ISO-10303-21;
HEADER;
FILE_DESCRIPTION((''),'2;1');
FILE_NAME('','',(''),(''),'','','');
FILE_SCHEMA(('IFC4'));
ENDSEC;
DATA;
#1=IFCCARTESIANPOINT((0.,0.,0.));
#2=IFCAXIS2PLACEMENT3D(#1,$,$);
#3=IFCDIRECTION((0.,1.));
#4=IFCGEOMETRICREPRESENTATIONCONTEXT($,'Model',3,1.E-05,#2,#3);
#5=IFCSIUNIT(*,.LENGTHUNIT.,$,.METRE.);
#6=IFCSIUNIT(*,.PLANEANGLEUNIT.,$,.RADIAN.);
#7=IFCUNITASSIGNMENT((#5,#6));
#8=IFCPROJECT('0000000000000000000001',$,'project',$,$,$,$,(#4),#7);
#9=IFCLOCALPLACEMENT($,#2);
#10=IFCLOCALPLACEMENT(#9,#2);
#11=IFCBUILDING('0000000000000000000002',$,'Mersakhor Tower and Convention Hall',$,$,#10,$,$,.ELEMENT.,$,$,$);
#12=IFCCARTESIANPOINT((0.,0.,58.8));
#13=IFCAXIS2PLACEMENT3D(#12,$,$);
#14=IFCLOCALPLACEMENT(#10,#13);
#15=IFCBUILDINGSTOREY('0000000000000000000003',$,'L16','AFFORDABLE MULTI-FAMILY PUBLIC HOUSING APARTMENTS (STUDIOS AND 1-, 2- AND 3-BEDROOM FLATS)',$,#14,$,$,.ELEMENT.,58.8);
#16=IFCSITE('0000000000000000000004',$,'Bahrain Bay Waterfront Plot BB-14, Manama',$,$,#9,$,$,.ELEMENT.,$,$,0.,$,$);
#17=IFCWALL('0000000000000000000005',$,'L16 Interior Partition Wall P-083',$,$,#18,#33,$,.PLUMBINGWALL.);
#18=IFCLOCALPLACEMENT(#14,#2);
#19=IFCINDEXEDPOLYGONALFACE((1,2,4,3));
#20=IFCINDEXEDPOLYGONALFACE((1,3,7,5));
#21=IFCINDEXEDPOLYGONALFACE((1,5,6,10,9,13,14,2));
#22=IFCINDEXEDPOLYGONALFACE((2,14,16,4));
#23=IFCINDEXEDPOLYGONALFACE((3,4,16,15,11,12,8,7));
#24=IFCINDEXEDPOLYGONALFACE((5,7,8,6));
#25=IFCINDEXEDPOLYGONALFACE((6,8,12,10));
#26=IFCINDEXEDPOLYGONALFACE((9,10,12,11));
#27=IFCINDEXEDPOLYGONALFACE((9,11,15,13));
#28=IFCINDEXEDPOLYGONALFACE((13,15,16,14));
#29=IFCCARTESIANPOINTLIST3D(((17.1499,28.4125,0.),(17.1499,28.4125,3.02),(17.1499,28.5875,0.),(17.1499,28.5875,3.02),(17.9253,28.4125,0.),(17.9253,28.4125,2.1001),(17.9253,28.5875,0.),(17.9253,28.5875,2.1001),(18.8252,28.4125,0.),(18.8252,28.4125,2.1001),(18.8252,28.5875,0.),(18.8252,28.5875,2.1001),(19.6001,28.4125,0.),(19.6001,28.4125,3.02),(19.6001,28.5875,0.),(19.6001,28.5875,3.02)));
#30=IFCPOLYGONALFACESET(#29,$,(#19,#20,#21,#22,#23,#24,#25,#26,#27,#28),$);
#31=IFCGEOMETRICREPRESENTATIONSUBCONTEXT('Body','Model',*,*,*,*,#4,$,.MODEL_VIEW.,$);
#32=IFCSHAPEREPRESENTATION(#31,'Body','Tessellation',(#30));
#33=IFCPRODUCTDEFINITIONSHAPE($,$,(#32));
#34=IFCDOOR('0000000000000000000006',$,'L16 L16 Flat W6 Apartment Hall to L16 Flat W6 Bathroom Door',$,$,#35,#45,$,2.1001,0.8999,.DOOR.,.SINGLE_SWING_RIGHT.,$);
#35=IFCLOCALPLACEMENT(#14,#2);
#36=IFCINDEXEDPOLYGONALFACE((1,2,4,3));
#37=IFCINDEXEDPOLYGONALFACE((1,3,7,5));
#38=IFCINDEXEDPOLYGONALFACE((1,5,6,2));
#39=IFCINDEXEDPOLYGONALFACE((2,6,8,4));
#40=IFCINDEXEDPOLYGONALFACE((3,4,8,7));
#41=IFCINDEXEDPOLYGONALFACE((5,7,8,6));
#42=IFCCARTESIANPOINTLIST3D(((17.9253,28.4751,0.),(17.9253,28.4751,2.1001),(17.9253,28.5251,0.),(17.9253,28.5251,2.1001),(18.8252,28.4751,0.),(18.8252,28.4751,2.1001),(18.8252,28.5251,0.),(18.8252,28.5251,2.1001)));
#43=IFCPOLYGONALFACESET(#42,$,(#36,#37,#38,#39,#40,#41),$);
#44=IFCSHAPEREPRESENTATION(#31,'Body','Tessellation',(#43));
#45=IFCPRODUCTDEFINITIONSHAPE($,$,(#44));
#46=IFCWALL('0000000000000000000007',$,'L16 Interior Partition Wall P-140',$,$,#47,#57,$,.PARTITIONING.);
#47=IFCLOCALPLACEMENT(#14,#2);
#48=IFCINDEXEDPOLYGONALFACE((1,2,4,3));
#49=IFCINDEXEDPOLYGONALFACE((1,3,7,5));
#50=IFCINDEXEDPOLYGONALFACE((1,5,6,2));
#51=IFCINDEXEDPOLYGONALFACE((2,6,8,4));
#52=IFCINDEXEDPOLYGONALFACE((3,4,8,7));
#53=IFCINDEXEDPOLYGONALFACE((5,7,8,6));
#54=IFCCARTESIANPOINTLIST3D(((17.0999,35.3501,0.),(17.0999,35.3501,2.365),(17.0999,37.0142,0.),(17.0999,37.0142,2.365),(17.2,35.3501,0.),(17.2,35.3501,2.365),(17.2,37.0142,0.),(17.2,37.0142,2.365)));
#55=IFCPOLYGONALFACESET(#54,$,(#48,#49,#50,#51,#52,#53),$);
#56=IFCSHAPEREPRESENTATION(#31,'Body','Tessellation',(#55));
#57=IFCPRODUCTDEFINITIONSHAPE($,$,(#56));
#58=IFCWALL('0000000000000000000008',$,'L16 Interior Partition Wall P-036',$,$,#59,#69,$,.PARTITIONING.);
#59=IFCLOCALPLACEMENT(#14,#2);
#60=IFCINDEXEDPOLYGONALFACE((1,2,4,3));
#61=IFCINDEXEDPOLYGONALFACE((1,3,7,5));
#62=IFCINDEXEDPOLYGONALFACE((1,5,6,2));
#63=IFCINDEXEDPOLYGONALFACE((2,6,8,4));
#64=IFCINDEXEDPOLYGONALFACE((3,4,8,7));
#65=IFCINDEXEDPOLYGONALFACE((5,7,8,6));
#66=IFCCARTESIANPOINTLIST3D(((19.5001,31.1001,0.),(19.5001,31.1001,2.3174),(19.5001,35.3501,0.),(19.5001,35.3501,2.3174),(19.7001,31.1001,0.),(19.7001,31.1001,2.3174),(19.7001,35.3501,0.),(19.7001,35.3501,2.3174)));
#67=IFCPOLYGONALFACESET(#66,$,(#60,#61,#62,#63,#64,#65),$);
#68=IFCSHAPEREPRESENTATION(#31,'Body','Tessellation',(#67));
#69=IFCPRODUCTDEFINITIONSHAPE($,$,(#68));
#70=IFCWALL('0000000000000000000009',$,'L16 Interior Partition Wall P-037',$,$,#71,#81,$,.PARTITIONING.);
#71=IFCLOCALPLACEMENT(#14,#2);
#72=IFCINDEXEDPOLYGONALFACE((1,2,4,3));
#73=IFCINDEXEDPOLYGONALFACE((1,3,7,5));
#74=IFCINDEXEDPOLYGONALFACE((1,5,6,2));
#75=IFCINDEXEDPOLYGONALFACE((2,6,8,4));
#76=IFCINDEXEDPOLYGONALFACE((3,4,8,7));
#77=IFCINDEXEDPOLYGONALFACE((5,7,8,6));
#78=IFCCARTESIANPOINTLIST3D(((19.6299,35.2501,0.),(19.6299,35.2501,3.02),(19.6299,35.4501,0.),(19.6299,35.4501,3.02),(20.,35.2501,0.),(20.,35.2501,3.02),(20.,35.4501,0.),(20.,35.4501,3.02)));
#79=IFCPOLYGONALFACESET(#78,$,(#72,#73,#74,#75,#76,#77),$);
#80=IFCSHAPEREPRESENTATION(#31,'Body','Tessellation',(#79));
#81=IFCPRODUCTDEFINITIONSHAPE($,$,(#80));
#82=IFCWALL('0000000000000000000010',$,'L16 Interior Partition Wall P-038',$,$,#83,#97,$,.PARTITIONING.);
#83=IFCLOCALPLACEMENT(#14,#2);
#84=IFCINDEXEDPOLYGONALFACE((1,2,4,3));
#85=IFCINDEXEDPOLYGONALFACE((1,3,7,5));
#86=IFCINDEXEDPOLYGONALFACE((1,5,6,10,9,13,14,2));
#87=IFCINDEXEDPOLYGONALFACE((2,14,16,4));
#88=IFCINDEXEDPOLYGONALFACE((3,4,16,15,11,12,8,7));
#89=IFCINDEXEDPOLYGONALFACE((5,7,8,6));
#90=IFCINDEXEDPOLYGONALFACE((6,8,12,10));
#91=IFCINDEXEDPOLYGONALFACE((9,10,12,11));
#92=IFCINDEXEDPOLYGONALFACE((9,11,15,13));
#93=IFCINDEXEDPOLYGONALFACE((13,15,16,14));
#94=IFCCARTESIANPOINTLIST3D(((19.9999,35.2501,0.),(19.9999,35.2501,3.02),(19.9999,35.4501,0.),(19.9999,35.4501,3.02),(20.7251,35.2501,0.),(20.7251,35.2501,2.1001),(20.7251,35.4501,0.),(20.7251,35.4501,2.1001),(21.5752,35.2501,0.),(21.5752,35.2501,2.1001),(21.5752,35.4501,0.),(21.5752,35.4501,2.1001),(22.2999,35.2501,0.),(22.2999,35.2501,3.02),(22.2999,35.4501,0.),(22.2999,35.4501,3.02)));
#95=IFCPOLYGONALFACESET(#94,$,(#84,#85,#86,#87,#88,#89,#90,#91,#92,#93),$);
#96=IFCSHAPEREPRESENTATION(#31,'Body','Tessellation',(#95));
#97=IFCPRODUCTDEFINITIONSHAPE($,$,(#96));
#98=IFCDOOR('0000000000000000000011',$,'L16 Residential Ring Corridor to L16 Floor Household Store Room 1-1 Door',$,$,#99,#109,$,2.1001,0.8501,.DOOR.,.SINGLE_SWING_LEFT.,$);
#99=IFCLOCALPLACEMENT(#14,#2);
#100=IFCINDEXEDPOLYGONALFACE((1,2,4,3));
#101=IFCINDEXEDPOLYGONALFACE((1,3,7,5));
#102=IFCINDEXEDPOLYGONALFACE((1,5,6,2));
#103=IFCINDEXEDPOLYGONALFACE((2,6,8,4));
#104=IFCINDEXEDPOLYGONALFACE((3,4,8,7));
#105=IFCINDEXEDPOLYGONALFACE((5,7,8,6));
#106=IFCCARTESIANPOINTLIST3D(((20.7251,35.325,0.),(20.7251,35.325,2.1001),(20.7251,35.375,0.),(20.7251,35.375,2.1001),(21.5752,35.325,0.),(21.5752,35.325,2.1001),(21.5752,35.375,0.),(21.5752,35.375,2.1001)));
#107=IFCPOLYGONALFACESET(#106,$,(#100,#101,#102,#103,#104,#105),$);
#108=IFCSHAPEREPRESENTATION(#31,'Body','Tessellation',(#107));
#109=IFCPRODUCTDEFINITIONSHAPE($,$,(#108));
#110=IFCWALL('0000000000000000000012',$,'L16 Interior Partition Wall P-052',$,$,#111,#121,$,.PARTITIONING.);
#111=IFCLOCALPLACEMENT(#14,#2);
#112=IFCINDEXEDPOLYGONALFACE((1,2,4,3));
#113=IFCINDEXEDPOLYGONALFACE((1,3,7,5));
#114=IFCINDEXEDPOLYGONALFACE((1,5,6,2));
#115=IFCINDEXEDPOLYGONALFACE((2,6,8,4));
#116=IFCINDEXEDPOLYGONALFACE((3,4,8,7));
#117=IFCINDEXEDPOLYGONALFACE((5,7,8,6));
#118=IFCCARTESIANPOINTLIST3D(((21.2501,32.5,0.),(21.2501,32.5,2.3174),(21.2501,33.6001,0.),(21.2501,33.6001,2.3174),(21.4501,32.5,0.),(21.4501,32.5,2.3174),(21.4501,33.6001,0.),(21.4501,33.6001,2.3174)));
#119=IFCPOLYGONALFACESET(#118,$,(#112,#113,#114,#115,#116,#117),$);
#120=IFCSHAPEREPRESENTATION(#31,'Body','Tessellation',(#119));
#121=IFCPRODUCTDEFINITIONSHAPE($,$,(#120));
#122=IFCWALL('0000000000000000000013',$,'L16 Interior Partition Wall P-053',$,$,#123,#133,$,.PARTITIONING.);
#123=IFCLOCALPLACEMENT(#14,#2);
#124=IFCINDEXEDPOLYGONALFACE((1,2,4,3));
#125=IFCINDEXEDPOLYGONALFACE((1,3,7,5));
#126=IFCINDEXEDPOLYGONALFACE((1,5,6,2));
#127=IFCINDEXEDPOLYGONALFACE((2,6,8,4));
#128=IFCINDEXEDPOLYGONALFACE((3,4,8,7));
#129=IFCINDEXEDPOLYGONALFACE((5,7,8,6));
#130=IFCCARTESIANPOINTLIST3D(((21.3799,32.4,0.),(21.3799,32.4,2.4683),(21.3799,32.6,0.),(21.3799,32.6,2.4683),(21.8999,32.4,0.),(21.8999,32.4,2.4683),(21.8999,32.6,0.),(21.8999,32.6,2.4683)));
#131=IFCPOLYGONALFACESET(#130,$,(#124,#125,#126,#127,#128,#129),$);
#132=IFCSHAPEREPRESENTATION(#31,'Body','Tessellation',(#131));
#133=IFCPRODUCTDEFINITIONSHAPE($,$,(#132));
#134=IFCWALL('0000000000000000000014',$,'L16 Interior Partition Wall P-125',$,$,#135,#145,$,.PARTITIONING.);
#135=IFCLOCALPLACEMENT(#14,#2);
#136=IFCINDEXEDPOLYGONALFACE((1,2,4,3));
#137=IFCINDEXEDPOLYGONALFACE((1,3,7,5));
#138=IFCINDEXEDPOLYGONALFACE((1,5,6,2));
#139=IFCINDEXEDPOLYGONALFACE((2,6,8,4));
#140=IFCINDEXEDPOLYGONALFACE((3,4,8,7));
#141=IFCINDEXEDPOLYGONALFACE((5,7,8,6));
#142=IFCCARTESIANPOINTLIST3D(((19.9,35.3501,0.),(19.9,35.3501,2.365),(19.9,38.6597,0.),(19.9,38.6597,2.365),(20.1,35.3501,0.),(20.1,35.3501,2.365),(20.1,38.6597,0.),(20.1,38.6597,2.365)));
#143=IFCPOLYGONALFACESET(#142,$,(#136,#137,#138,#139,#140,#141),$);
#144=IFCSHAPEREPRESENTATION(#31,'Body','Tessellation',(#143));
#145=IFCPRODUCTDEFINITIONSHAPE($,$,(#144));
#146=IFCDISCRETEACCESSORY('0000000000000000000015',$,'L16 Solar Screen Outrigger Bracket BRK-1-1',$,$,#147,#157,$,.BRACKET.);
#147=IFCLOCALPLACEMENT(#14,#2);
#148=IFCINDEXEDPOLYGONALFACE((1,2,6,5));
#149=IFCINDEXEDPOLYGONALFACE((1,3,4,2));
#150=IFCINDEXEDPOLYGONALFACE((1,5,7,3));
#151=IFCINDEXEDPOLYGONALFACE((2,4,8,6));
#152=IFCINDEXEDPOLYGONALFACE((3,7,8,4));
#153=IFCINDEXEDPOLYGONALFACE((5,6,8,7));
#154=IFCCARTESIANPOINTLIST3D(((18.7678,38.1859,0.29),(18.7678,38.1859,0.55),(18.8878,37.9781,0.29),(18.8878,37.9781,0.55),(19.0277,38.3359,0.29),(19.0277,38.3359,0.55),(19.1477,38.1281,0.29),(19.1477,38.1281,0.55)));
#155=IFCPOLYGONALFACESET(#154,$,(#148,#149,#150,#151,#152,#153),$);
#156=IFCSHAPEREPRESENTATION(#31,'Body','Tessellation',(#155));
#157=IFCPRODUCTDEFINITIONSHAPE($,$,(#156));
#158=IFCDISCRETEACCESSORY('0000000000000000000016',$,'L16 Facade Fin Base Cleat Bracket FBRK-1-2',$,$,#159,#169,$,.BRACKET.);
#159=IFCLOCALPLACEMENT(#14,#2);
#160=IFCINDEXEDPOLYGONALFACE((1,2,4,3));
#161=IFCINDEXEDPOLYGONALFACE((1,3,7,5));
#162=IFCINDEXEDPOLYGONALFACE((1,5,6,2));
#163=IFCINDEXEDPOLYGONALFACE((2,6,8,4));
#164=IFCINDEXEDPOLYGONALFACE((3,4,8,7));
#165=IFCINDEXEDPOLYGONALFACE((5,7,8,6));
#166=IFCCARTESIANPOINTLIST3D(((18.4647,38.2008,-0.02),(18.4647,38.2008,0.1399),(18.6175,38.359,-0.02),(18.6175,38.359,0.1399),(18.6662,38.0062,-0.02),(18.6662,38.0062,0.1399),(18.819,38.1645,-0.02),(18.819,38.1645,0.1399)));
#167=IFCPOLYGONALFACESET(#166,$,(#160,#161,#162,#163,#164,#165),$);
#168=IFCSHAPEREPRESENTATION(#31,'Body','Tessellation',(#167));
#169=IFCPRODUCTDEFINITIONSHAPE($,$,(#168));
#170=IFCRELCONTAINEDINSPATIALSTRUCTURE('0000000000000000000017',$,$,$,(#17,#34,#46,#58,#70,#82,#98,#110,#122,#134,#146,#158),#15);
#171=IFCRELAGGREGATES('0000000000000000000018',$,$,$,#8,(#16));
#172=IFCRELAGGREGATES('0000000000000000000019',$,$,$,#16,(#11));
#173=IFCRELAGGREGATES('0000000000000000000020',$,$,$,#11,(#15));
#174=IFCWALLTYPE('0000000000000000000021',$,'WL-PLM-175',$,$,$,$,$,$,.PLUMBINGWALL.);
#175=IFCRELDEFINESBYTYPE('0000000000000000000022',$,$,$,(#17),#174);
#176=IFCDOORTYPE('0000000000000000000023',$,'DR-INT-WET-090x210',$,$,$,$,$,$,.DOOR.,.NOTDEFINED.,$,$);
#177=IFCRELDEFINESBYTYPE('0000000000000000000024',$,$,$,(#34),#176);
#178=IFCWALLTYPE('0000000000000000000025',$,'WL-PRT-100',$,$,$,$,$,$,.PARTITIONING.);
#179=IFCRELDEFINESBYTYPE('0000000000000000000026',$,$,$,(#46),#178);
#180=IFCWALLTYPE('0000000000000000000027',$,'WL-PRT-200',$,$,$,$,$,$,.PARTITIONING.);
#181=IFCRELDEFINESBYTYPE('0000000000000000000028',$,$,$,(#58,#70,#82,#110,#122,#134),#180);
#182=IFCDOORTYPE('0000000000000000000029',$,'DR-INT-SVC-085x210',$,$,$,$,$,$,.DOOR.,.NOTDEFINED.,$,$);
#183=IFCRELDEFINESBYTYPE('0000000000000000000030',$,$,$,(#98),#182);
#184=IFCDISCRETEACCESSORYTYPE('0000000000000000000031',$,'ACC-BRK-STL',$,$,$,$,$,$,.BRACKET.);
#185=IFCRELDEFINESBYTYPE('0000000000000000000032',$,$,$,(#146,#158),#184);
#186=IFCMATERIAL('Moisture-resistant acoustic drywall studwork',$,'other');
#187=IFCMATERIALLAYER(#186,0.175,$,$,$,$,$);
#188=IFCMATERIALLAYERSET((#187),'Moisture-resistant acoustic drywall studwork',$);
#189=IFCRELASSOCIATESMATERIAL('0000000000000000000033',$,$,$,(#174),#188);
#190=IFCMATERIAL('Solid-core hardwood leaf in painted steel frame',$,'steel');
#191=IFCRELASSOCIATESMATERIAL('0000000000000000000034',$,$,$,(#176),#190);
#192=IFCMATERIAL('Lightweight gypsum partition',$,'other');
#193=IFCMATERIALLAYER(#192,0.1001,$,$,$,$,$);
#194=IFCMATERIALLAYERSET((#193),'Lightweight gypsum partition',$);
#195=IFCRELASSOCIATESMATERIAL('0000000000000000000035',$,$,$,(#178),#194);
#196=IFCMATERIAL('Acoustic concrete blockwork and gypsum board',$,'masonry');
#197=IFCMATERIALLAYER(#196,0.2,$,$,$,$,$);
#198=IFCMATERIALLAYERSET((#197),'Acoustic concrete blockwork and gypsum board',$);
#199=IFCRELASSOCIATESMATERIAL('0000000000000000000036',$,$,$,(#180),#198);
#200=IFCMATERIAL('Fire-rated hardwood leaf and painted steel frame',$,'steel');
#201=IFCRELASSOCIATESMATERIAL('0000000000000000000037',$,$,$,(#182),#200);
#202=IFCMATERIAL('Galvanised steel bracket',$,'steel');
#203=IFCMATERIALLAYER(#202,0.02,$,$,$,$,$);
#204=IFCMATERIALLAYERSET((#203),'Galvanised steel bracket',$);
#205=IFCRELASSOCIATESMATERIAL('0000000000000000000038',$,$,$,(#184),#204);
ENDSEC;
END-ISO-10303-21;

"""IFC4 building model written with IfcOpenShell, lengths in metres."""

from ifc_helpers import new_model, si_unit, direction, frame, frame_2d, origin, origin_2d, place, context, subcontext, project, spatial, rectangle, extrude, material, layer, layer_set, type_object, element, fill, save


model = new_model("IFC4")

# Units and contexts
model_context = context("Model", 3, precision=1e-05, world=origin(), true_north=direction((0.0, 1.0)))
body_context = subcontext(model_context, "Body", "Model", "MODEL_VIEW")
ifc_project = project(units=[si_unit("LENGTHUNIT", "METRE"), si_unit("PLANEANGLEUNIT", "RADIAN")], contexts=[model_context])

# Site, building, storey
site_placement = place(None, origin())
site = spatial("IfcSite", under=ifc_project, at=site_placement, Name="Bahrain Bay Waterfront Plot BB-14, Manama", CompositionType="ELEMENT", RefElevation=0.0)
building_placement = place(site_placement, origin())
building = spatial("IfcBuilding", under=site, at=building_placement, Name="Mersakhor Tower and Convention Hall", CompositionType="ELEMENT")
storey_placement = place(building_placement, frame((0.0, 0.0, 58.8)))
storey = spatial("IfcBuildingStorey", under=building, at=storey_placement, Name="L16", Description="AFFORDABLE MULTI-FAMILY PUBLIC HOUSING APARTMENTS (STUDIOS AND 1-, 2- AND 3-BEDROOM FLATS)", CompositionType="ELEMENT", Elevation=58.8)

# Wall, opening, door
ifc_material_1 = material(Name="Moisture-resistant acoustic drywall studwork", Category="other")
ifc_layer_1 = layer(ifc_material_1, 0.175)
ifc_layer_set_1 = layer_set([ifc_layer_1], Name="Moisture-resistant acoustic drywall studwork")
wall_type_1 = type_object("IfcWallType", Name="WL-PLM-175", PredefinedType="PLUMBINGWALL", material=ifc_layer_set_1)
wall_1_placement = place(storey_placement, frame((19.6001, 28.5, 0.0), z_axis=(0.0, 0.0, 1.0), x_axis=(-1.0, 0.0, 0.0)))
wall_1 = element("IfcWall", 1, at=wall_1_placement, inside=storey, type_object=wall_type_1, Name="L16 Interior Partition Wall P-083", PredefinedType="PLUMBINGWALL", context=body_context, shape_type="SweptSolid", body=[
    extrude(rectangle(XDim=2.4502, YDim=0.175, at=frame_2d((1.2251, 0.0))), origin(), (0.0, 0.0, 1.0), 3.02),
])
opening_1_placement = place(wall_1_placement, frame((0.7749, 0.0, 0.0)))
opening_1 = element("IfcOpeningElement", 2, at=opening_1_placement, cuts=wall_1, PredefinedType="OPENING", context=body_context, shape_type="SweptSolid", body=[
    extrude(rectangle(XDim=0.8999, YDim=2.1001, at=frame_2d((0.45, 1.05))), frame((0.0, 0.0974, 0.0), z_axis=(0.0, -1.0, 0.0), x_axis=(1.0, 0.0, 0.0)), (0.0, 0.0, 1.0), 0.1951),
])
ifc_material_2 = material(Name="Solid-core hardwood leaf in painted steel frame", Category="steel")
door_type_1 = type_object("IfcDoorType", Name="DR-INT-WET-090x210", OperationType="NOTDEFINED", PredefinedType="DOOR", material=ifc_material_2)
door_1_placement = place(opening_1_placement, origin())
door_1 = element("IfcDoor", 3, at=door_1_placement, inside=storey, type_object=door_type_1, Name="L16 L16 Flat W6 Apartment Hall to L16 Flat W6 Bathroom Door", OperationType="SINGLE_SWING_RIGHT", OverallHeight=2.1001, OverallWidth=0.8999, PredefinedType="DOOR", context=body_context, shape_type="SweptSolid", body=[
    extrude(rectangle(XDim=0.8999, YDim=2.1001, at=frame_2d((0.45, 1.05))), frame((0.0, 0.0249, 0.0), z_axis=(0.0, -1.0, 0.0), x_axis=(1.0, 0.0, 0.0)), (0.0, 0.0, 1.0), 0.05),
])
fill(opening_1, door_1)

# Wall
ifc_material_3 = material(Name="Lightweight gypsum partition", Category="other")
ifc_layer_2 = layer(ifc_material_3, 0.1001)
ifc_layer_set_2 = layer_set([ifc_layer_2], Name="Lightweight gypsum partition")
wall_type_2 = type_object("IfcWallType", Name="WL-PRT-100", PredefinedType="PARTITIONING", material=ifc_layer_set_2)
wall_2_placement = place(storey_placement, frame((17.1499, 37.0142, 0.0), z_axis=(0.0, 0.0, 1.0), x_axis=(0.0, -1.0, 0.0)))
element("IfcWall", 4, at=wall_2_placement, inside=storey, type_object=wall_type_2, Name="L16 Interior Partition Wall P-140", PredefinedType="PARTITIONING", context=body_context, shape_type="SweptSolid", body=[
    extrude(rectangle(XDim=1.6641, YDim=0.1001, at=frame_2d((0.832, 0.0))), origin(), (0.0, 0.0, 1.0), 2.365),
])

# Shared definitions
ifc_material_4 = material(Name="Acoustic concrete blockwork and gypsum board", Category="masonry")
ifc_layer_3 = layer(ifc_material_4, 0.2)
ifc_layer_set_3 = layer_set([ifc_layer_3], Name="Acoustic concrete blockwork and gypsum board")
wall_type_3 = type_object("IfcWallType", Name="WL-PRT-200", PredefinedType="PARTITIONING", material=ifc_layer_set_3)

# Walls
wall_3_placement = place(storey_placement, frame((19.6001, 31.1001, 0.0), z_axis=(0.0, 0.0, 1.0), x_axis=(0.0, 1.0, 0.0)))
element("IfcWall", 5, at=wall_3_placement, inside=storey, type_object=wall_type_3, Name="L16 Interior Partition Wall P-036", PredefinedType="PARTITIONING", context=body_context, shape_type="SweptSolid", body=[
    extrude(rectangle(XDim=4.25, YDim=0.2, at=frame_2d((2.125, 0.0))), origin(), (0.0, 0.0, 1.0), 2.3174),
])
wall_4_placement = place(storey_placement, frame((19.6299, 35.3501, 0.0), z_axis=(0.0, 0.0, 1.0), x_axis=(1.0, 0.0, 0.0)))
element("IfcWall", 6, at=wall_4_placement, inside=storey, type_object=wall_type_3, Name="L16 Interior Partition Wall P-037", PredefinedType="PARTITIONING", context=body_context, shape_type="SweptSolid", body=[
    extrude(rectangle(XDim=0.3701, YDim=0.2, at=frame_2d((0.1851, 0.0))), origin(), (0.0, 0.0, 1.0), 3.02),
])

# Wall, opening, door
wall_5_placement = place(storey_placement, frame((20.0, 35.3501, 0.0), z_axis=(0.0, 0.0, 1.0), x_axis=(1.0, 0.0, 0.0)))
wall_5 = element("IfcWall", 7, at=wall_5_placement, inside=storey, type_object=wall_type_3, Name="L16 Interior Partition Wall P-038", PredefinedType="PARTITIONING", context=body_context, shape_type="SweptSolid", body=[
    extrude(rectangle(XDim=2.3, YDim=0.2, at=frame_2d((1.1499, 0.0))), origin(), (0.0, 0.0, 1.0), 3.02),
])
opening_2_placement = place(wall_5_placement, frame((0.7251, 0.0, 0.0)))
opening_2 = element("IfcOpeningElement", 8, at=opening_2_placement, cuts=wall_5, PredefinedType="OPENING", context=body_context, shape_type="SweptSolid", body=[
    extrude(rectangle(XDim=0.8501, YDim=2.1001, at=frame_2d((0.425, 1.05))), frame((0.0, 0.1099, 0.0), z_axis=(0.0, -1.0, 0.0), x_axis=(1.0, 0.0, 0.0)), (0.0, 0.0, 1.0), 0.22),
])
ifc_material_5 = material(Name="Fire-rated hardwood leaf and painted steel frame", Category="steel")
door_type_2 = type_object("IfcDoorType", Name="DR-INT-SVC-085x210", OperationType="NOTDEFINED", PredefinedType="DOOR", material=ifc_material_5)
door_2_placement = place(opening_2_placement, origin())
door_2 = element("IfcDoor", 9, at=door_2_placement, inside=storey, type_object=door_type_2, Name="L16 Residential Ring Corridor to L16 Floor Household Store Room 1-1 Door", OperationType="SINGLE_SWING_LEFT", OverallHeight=2.1001, OverallWidth=0.8501, PredefinedType="DOOR", context=body_context, shape_type="SweptSolid", body=[
    extrude(rectangle(XDim=0.8501, YDim=2.1001, at=frame_2d((0.425, 1.05))), frame((0.0, 0.0249, 0.0), z_axis=(0.0, -1.0, 0.0), x_axis=(1.0, 0.0, 0.0)), (0.0, 0.0, 1.0), 0.05),
])
fill(opening_2, door_2)

# Walls
wall_6_placement = place(storey_placement, frame((21.3501, 33.6001, 0.0), z_axis=(0.0, 0.0, 1.0), x_axis=(0.0, -1.0, 0.0)))
element("IfcWall", 10, at=wall_6_placement, inside=storey, type_object=wall_type_3, Name="L16 Interior Partition Wall P-052", PredefinedType="PARTITIONING", context=body_context, shape_type="SweptSolid", body=[
    extrude(rectangle(XDim=1.1001, YDim=0.2, at=frame_2d((0.55, 0.0))), origin(), (0.0, 0.0, 1.0), 2.3174),
])
wall_7_placement = place(storey_placement, frame((21.3799, 32.5, 0.0), z_axis=(0.0, 0.0, 1.0), x_axis=(1.0, 0.0, 0.0)))
element("IfcWall", 11, at=wall_7_placement, inside=storey, type_object=wall_type_3, Name="L16 Interior Partition Wall P-053", PredefinedType="PARTITIONING", context=body_context, shape_type="SweptSolid", body=[
    extrude(rectangle(XDim=0.52, YDim=0.2, at=frame_2d((0.26, 0.0))), origin(), (0.0, 0.0, 1.0), 2.4683),
])
wall_8_placement = place(storey_placement, frame((20.0, 35.3501, 0.0), z_axis=(0.0, 0.0, 1.0), x_axis=(0.0, 1.0, 0.0)))
element("IfcWall", 12, at=wall_8_placement, inside=storey, type_object=wall_type_3, Name="L16 Interior Partition Wall P-125", PredefinedType="PARTITIONING", context=body_context, shape_type="SweptSolid", body=[
    extrude(rectangle(XDim=3.3096, YDim=0.2, at=frame_2d((1.6548, 0.0))), origin(), (0.0, 0.0, 1.0), 2.365),
])

# Discrete accessories
ifc_material_6 = material(Name="Galvanised steel bracket", Category="steel")
ifc_layer_4 = layer(ifc_material_6, 0.02)
ifc_layer_set_4 = layer_set([ifc_layer_4], Name="Galvanised steel bracket")
discrete_accessory_type = type_object("IfcDiscreteAccessoryType", Name="ACC-BRK-STL", PredefinedType="BRACKET", material=ifc_layer_set_4)
discrete_accessory_1_placement = place(storey_placement, frame((18.9578, 38.157, 0.29), z_axis=(0.0, 0.0, 1.0), x_axis=(0.866025, 0.5, 0.0)))
element("IfcDiscreteAccessory", 13, at=discrete_accessory_1_placement, inside=storey, type_object=discrete_accessory_type, Name="L16 Solar Screen Outrigger Bracket BRK-1-1", PredefinedType="BRACKET", context=body_context, shape_type="SweptSolid", body=[
    extrude(rectangle(XDim=0.3, YDim=0.24, at=origin_2d()), origin(), (0.0, 0.0, 1.0), 0.26),
])
discrete_accessory_2_placement = place(storey_placement, frame((18.6418, 38.1826, -0.02), z_axis=(0.0, 0.0, 1.0), x_axis=(-0.71934, 0.694658, 0.0)))
element("IfcDiscreteAccessory", 14, at=discrete_accessory_2_placement, inside=storey, type_object=discrete_accessory_type, Name="L16 Facade Fin Base Cleat Bracket FBRK-1-2", PredefinedType="BRACKET", context=body_context, shape_type="SweptSolid", body=[
    extrude(rectangle(XDim=0.28, YDim=0.22, at=origin_2d()), origin(), (0.0, 0.0, 1.0), 0.1599),
])

save(model, "model.ifc")
